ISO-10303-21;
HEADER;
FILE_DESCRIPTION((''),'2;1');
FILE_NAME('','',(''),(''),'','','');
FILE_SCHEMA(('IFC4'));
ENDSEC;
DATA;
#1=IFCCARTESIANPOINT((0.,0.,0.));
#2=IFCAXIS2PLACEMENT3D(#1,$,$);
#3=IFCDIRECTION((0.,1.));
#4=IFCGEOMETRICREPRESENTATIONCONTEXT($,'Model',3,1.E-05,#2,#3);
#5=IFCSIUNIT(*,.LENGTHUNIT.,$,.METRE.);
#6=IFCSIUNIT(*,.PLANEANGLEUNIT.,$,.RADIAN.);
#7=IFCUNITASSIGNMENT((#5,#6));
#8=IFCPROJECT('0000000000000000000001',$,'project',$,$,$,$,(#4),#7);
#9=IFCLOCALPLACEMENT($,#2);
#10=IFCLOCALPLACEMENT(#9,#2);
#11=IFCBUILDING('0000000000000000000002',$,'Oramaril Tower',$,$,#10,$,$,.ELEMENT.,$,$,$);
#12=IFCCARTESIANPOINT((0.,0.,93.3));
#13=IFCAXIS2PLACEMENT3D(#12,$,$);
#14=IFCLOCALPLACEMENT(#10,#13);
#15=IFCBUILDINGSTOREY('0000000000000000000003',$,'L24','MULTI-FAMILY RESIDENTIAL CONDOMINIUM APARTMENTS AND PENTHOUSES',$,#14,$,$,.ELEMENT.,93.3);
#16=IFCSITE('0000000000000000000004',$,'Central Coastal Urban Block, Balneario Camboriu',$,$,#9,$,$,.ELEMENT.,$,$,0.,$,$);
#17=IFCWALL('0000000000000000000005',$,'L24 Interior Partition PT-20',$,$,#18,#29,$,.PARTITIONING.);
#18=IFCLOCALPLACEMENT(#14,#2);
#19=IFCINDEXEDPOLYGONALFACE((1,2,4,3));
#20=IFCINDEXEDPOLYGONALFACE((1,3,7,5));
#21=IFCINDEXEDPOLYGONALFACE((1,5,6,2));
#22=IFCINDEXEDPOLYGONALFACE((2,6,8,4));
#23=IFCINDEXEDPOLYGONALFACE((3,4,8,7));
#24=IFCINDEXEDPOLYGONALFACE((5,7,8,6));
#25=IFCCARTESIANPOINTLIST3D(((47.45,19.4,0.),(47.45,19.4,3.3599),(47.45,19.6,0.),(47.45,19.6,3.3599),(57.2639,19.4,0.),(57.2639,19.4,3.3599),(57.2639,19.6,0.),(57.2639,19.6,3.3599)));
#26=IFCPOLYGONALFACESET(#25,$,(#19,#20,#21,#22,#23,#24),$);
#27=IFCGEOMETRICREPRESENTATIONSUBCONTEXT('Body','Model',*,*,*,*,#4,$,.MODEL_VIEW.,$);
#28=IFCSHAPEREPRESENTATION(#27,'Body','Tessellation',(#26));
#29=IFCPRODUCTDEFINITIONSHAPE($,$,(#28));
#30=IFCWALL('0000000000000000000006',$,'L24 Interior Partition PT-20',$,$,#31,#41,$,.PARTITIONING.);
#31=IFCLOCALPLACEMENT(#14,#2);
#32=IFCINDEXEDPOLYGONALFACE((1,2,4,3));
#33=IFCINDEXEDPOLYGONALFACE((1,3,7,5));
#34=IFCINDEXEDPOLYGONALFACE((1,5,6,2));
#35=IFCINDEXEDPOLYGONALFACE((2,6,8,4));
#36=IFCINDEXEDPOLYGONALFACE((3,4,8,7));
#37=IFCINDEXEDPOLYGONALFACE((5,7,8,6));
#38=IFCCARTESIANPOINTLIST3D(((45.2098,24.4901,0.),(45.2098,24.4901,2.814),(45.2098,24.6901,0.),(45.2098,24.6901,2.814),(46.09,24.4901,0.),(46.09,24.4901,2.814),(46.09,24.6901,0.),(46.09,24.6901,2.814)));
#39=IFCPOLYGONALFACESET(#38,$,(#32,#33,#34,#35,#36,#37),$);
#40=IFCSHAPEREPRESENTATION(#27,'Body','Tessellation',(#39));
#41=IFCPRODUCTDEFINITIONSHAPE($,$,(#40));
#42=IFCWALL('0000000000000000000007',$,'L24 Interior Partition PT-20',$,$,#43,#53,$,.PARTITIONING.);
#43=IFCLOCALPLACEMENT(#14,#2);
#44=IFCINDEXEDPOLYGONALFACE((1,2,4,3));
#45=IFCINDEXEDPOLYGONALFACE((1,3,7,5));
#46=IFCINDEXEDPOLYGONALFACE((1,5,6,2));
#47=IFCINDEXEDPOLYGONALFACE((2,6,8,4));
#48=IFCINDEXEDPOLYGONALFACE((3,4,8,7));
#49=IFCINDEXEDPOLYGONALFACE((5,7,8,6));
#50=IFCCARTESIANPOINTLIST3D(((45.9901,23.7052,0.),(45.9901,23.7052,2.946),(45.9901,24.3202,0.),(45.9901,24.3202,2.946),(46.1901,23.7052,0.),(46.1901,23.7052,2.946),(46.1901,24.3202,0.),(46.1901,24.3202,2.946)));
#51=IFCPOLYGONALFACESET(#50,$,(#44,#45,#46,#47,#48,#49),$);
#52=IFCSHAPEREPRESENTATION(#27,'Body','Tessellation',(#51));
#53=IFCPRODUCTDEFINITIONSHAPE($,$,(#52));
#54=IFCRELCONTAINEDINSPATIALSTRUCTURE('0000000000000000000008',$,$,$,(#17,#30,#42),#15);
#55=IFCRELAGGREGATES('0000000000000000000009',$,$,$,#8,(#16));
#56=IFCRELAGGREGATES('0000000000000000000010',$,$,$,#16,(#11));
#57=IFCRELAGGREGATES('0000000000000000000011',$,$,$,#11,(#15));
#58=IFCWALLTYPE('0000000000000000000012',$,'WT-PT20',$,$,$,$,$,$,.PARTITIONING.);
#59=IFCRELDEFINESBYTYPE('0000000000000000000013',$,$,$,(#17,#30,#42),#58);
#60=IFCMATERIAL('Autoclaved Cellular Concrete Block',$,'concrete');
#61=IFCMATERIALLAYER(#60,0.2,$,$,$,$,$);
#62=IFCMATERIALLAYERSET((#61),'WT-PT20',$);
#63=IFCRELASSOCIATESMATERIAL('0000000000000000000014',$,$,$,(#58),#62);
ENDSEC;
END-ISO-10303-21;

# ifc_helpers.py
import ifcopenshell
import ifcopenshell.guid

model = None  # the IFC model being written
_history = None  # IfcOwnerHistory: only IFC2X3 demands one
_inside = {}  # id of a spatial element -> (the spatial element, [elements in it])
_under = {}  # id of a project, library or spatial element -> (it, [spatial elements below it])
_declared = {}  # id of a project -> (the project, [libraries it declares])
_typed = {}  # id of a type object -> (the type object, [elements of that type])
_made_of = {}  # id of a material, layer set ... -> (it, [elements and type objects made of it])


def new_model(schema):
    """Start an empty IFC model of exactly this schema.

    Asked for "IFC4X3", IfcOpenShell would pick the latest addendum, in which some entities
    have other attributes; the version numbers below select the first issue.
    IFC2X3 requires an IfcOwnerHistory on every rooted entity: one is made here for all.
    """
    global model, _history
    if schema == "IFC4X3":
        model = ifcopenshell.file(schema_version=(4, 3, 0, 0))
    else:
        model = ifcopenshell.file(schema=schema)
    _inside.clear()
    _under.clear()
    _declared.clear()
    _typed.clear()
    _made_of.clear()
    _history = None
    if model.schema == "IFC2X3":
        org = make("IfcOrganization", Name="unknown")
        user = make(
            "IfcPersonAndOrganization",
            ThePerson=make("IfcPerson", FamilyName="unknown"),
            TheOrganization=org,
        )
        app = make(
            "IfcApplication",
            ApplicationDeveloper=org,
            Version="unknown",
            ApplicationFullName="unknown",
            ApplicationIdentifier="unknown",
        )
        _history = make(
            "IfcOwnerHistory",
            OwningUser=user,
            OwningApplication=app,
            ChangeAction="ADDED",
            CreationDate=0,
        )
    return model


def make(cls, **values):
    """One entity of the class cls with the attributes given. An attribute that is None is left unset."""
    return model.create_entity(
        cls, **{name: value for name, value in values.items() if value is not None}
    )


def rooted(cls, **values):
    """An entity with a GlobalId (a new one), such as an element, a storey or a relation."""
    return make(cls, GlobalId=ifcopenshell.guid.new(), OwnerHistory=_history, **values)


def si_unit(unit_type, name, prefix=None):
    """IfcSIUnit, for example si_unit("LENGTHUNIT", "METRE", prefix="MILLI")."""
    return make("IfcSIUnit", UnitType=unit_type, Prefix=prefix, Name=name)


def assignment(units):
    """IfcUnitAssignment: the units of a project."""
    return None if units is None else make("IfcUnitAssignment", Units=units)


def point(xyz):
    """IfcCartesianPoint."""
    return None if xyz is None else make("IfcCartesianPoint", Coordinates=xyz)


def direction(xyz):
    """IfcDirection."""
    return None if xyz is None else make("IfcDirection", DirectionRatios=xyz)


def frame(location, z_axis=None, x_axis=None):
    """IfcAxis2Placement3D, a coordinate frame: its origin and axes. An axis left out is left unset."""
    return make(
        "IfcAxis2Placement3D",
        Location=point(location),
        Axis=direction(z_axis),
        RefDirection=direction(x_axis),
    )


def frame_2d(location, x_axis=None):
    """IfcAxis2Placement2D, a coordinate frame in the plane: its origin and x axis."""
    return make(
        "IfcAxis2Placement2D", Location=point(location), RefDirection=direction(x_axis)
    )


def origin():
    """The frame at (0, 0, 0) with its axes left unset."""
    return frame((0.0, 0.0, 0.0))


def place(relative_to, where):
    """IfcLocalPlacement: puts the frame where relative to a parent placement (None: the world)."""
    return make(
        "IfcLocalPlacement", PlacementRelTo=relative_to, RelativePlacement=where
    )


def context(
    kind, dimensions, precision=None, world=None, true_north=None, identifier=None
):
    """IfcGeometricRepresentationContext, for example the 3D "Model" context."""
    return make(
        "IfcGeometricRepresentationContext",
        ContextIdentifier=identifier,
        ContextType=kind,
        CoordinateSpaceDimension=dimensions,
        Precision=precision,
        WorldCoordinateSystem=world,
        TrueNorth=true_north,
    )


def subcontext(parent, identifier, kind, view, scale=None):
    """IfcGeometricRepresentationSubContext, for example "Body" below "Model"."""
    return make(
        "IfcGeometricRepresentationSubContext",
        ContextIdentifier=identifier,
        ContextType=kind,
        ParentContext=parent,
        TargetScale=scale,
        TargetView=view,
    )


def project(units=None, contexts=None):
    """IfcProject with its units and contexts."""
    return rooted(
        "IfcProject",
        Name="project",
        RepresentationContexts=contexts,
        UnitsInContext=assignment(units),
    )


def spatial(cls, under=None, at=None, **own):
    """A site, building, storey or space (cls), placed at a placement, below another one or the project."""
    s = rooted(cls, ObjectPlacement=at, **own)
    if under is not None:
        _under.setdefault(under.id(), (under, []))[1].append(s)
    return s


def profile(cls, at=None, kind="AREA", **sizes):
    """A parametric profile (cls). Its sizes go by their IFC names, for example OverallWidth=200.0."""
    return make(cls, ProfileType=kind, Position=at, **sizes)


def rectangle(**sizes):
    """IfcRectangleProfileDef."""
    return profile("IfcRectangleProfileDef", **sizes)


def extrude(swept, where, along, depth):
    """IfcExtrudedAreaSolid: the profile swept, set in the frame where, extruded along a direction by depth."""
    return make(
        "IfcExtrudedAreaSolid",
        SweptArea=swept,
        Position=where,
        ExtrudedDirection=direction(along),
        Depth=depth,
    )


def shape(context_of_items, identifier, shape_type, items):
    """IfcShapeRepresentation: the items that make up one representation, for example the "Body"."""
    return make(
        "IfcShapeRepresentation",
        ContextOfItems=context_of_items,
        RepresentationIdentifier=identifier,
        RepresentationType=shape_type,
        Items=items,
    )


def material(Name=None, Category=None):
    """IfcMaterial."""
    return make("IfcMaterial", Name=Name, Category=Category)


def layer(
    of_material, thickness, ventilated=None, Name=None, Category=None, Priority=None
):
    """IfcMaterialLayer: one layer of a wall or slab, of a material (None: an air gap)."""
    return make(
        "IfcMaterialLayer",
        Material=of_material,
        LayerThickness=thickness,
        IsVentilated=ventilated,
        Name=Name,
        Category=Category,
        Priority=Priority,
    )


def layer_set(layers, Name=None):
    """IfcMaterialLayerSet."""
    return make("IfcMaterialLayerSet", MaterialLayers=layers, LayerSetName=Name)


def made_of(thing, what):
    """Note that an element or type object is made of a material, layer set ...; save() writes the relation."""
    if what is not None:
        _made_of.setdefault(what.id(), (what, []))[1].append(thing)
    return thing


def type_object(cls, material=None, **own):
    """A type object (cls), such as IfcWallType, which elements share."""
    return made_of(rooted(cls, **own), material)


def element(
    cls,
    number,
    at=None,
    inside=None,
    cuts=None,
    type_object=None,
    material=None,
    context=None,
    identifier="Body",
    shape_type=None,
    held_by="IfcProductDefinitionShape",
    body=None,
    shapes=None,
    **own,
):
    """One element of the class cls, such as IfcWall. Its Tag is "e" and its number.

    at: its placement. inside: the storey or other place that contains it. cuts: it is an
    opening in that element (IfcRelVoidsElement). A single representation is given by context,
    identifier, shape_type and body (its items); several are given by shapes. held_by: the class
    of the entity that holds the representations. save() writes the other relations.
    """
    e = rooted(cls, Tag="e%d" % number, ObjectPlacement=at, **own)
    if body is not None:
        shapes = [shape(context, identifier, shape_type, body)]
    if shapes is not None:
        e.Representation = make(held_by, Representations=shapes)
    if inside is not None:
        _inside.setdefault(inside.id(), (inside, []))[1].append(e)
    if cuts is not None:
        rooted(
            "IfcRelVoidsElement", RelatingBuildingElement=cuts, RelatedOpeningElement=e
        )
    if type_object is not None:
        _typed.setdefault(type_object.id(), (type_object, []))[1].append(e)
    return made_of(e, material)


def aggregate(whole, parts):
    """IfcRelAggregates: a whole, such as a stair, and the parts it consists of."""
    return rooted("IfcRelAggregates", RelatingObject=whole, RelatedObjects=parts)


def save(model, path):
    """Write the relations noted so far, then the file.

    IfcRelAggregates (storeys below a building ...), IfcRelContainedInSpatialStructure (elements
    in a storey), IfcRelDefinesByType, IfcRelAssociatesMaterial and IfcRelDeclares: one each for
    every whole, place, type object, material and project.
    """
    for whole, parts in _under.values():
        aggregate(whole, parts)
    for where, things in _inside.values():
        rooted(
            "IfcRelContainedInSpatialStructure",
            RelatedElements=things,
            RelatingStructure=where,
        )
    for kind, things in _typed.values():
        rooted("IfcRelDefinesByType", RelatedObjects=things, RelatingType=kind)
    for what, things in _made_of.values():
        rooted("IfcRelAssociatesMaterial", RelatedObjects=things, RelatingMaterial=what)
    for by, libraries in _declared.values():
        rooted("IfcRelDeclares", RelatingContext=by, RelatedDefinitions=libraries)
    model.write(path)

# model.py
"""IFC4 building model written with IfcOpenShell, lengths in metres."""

from ifc_helpers import new_model, si_unit, direction, frame, frame_2d, origin, place, context, subcontext, project, spatial, rectangle, extrude, material, layer, layer_set, type_object, element, save


model = new_model("IFC4")

# Units and contexts
model_context = context("Model", 3, precision=1e-05, world=origin(), true_north=direction((0.0, 1.0)))
body_context = subcontext(model_context, "Body", "Model", "MODEL_VIEW")
ifc_project = project(units=[si_unit("LENGTHUNIT", "METRE"), si_unit("PLANEANGLEUNIT", "RADIAN")], contexts=[model_context])

# Site, building, storey
site_placement = place(None, origin())
site = spatial("IfcSite", under=ifc_project, at=site_placement, Name="Central Coastal Urban Block, Balneario Camboriu", CompositionType="ELEMENT", RefElevation=0.0)
building_placement = place(site_placement, origin())
building = spatial("IfcBuilding", under=site, at=building_placement, Name="Oramaril Tower", CompositionType="ELEMENT")
storey_placement = place(building_placement, frame((0.0, 0.0, 93.3)))
storey = spatial("IfcBuildingStorey", under=building, at=storey_placement, Name="L24", Description="MULTI-FAMILY RESIDENTIAL CONDOMINIUM APARTMENTS AND PENTHOUSES", CompositionType="ELEMENT", Elevation=93.3)

# Walls
ifc_material_1 = material(Name="Autoclaved Cellular Concrete Block", Category="concrete")
ifc_layer_1 = layer(ifc_material_1, 0.2)
ifc_layer_set_1 = layer_set([ifc_layer_1], Name="WT-PT20")
wall_type_1 = type_object("IfcWallType", Name="WT-PT20", PredefinedType="PARTITIONING", material=ifc_layer_set_1)
wall_1_placement = place(storey_placement, frame((47.45, 19.5, 0.0), z_axis=(0.0, 0.0, 1.0), x_axis=(1.0, 0.0, 0.0)))
element("IfcWall", 1, at=wall_1_placement, inside=storey, type_object=wall_type_1, Name="L24 Interior Partition PT-20", PredefinedType="PARTITIONING", context=body_context, shape_type="SweptSolid", body=[
    extrude(rectangle(XDim=9.814, YDim=0.2, at=frame_2d((4.907, 0.0))), origin(), (0.0, 0.0, 1.0), 3.3599),
])
wall_2_placement = place(storey_placement, frame((45.21, 24.5901, 0.0), z_axis=(0.0, 0.0, 1.0), x_axis=(1.0, 0.0, 0.0)))
element("IfcWall", 2, at=wall_2_placement, inside=storey, type_object=wall_type_1, Name="L24 Interior Partition PT-20", PredefinedType="PARTITIONING", context=body_context, shape_type="SweptSolid", body=[
    extrude(rectangle(XDim=0.8801, YDim=0.2, at=frame_2d((0.4399, 0.0))), origin(), (0.0, 0.0, 1.0), 2.814),
])
wall_3_placement = place(storey_placement, frame((46.0901, 23.7051, 0.0), z_axis=(0.0, 0.0, 1.0), x_axis=(0.0, 1.0, 0.0)))
element("IfcWall", 3, at=wall_3_placement, inside=storey, type_object=wall_type_1, Name="L24 Interior Partition PT-20", PredefinedType="PARTITIONING", context=body_context, shape_type="SweptSolid", body=[
    extrude(rectangle(XDim=0.615, YDim=0.2, at=frame_2d((0.3076, 0.0))), origin(), (0.0, 0.0, 1.0), 2.946),
])

save(model, "model.ifc")
